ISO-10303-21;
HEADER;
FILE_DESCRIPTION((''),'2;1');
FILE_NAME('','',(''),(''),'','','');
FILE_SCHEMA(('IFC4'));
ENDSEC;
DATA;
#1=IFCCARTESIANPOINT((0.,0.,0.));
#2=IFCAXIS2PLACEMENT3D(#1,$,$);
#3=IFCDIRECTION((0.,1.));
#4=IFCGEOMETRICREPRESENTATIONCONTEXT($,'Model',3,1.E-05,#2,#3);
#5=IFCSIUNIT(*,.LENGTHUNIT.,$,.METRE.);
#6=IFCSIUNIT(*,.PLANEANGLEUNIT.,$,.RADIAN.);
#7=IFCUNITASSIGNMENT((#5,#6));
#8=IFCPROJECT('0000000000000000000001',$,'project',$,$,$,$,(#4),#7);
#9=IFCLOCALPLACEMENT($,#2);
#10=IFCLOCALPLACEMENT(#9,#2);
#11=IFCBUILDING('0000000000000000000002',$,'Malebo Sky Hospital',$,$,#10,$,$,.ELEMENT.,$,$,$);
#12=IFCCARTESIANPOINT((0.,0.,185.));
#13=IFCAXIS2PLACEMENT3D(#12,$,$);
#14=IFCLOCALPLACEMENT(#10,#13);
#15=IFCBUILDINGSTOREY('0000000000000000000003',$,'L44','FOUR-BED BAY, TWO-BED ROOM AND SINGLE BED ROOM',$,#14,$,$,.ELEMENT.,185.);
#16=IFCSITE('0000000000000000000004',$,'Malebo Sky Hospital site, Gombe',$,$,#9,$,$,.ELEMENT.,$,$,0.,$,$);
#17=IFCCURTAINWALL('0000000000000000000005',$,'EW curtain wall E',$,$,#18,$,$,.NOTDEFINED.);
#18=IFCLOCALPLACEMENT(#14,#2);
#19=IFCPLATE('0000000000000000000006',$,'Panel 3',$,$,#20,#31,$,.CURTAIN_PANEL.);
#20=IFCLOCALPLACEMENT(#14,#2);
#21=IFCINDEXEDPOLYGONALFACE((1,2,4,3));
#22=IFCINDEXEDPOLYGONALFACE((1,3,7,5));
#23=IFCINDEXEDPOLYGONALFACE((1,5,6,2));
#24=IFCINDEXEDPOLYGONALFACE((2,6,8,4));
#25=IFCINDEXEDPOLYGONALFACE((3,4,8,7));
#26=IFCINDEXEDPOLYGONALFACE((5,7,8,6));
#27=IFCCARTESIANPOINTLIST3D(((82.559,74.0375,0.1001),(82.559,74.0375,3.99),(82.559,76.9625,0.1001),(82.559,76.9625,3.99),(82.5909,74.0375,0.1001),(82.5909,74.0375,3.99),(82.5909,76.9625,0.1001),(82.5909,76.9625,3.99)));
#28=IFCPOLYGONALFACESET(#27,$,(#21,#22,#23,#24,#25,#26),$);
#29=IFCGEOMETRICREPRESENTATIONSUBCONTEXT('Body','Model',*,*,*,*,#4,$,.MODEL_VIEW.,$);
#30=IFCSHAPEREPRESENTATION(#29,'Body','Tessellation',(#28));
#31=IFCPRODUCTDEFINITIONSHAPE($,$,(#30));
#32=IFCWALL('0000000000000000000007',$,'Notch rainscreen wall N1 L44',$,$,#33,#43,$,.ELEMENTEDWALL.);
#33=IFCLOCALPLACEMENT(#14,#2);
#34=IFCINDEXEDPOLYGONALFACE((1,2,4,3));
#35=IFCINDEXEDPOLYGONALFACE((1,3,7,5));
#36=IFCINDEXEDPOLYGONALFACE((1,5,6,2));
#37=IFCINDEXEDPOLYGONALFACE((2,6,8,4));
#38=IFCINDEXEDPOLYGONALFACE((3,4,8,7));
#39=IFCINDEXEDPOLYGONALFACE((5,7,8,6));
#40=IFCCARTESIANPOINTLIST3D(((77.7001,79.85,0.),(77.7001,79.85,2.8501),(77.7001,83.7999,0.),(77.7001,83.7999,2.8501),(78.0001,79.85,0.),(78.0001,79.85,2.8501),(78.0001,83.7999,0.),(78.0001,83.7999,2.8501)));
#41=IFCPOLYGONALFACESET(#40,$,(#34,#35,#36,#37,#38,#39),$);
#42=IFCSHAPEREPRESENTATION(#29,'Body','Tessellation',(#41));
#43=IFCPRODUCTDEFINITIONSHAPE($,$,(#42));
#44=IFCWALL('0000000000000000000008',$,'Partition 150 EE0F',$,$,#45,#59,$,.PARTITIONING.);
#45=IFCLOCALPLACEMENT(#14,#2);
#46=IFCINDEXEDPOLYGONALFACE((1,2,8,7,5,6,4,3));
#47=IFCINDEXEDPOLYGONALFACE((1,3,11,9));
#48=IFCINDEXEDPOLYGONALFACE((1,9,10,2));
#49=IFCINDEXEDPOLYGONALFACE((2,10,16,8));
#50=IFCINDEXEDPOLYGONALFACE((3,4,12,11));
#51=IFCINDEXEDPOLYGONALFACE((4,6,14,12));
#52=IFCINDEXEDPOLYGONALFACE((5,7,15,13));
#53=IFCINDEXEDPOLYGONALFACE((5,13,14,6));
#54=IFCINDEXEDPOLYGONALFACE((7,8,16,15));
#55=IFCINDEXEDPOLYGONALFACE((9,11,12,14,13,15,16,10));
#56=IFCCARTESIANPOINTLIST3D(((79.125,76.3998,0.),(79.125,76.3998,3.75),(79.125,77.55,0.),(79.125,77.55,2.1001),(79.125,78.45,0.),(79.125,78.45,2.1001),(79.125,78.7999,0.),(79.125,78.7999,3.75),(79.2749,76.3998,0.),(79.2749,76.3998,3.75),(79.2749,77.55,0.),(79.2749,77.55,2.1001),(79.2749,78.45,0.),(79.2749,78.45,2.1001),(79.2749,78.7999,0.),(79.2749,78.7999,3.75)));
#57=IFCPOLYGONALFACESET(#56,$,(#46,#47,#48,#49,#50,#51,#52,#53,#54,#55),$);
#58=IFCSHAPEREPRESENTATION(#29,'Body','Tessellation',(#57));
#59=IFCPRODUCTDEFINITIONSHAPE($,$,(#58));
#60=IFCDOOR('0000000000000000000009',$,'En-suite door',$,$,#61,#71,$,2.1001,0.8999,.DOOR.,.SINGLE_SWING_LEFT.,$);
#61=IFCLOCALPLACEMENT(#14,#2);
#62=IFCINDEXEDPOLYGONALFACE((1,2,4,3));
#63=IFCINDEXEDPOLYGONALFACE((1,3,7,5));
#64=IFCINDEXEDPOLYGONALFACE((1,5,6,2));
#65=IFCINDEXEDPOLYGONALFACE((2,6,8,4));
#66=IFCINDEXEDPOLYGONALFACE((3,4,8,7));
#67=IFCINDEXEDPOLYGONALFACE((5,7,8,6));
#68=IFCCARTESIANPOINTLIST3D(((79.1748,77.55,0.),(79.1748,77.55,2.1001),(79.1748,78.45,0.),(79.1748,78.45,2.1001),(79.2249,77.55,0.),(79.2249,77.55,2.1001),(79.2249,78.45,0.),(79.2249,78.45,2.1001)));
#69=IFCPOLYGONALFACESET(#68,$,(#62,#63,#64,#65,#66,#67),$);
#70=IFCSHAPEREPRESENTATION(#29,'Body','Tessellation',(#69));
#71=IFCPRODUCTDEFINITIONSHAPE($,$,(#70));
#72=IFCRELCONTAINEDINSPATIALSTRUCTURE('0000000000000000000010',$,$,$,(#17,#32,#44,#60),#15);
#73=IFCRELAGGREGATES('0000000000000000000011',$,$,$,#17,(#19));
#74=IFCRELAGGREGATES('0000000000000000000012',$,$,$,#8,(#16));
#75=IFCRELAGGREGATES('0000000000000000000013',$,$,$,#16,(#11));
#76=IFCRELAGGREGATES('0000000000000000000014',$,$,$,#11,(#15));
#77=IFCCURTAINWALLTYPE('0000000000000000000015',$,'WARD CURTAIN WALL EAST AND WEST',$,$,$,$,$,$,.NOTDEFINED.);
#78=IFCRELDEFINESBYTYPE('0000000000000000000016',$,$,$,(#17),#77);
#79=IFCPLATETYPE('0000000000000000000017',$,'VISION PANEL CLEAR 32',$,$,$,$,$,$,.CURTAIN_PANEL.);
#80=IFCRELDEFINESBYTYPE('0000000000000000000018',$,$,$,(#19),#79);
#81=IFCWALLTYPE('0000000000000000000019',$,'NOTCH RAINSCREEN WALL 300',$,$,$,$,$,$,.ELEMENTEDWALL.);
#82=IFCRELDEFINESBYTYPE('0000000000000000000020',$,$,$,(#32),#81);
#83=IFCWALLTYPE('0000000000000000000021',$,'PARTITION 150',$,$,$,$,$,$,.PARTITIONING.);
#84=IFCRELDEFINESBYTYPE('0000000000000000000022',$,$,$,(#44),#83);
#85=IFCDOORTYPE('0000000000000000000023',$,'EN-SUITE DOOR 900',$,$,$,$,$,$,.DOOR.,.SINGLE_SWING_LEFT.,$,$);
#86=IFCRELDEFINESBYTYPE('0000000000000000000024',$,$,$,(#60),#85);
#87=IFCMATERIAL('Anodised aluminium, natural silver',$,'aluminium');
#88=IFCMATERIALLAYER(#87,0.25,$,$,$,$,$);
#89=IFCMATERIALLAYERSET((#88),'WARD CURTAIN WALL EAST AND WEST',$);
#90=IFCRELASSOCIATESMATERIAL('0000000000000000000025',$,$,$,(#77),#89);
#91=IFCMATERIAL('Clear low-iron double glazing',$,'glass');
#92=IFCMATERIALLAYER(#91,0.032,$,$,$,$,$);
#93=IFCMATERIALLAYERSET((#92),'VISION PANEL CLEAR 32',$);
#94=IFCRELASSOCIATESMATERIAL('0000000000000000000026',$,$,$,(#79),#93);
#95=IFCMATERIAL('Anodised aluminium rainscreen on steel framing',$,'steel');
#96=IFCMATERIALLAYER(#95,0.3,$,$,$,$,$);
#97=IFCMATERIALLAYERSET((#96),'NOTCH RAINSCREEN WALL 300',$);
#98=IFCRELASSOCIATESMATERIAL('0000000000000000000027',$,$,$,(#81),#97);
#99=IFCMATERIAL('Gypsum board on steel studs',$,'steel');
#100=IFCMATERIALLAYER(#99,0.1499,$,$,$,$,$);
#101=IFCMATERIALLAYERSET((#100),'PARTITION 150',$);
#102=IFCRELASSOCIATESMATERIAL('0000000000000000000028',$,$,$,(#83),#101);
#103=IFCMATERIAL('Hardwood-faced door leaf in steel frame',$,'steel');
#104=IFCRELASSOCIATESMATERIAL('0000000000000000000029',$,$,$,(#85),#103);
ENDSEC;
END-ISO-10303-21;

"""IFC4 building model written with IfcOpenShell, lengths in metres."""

from ifc_helpers import new_model, si_unit, direction, frame, frame_2d, origin, origin_2d, place, context, subcontext, project, spatial, rectangle, extrude, material, layer, layer_set, type_object, element, fill, aggregate, save


model = new_model("IFC4")

# Units and contexts
model_context = context("Model", 3, precision=1e-05, world=origin(), true_north=direction((0.0, 1.0)))
body_context = subcontext(model_context, "Body", "Model", "MODEL_VIEW")
ifc_project = project(units=[si_unit("LENGTHUNIT", "METRE"), si_unit("PLANEANGLEUNIT", "RADIAN")], contexts=[model_context])

# Site, building, storey
site_placement = place(None, origin())
site = spatial("IfcSite", under=ifc_project, at=site_placement, Name="Malebo Sky Hospital site, Gombe", CompositionType="ELEMENT", RefElevation=0.0)
building_placement = place(site_placement, origin())
building = spatial("IfcBuilding", under=site, at=building_placement, Name="Malebo Sky Hospital", CompositionType="ELEMENT")
storey_placement = place(building_placement, frame((0.0, 0.0, 185.0)))
storey = spatial("IfcBuildingStorey", under=building, at=storey_placement, Name="L44", Description="FOUR-BED BAY, TWO-BED ROOM AND SINGLE BED ROOM", CompositionType="ELEMENT", Elevation=185.0)

# Curtain wall
ifc_material_1 = material(Name="Anodised aluminium, natural silver", Category="aluminium")
ifc_layer_1 = layer(ifc_material_1, 0.25)
ifc_layer_set_1 = layer_set([ifc_layer_1], Name="WARD CURTAIN WALL EAST AND WEST")
curtain_wall_type = type_object("IfcCurtainWallType", Name="WARD CURTAIN WALL EAST AND WEST", PredefinedType="NOTDEFINED", material=ifc_layer_set_1)
curtain_wall_placement = place(storey_placement, origin())
curtain_wall = element("IfcCurtainWall", 1, at=curtain_wall_placement, inside=storey, type_object=curtain_wall_type, Name="EW curtain wall E", PredefinedType="NOTDEFINED")

# Plate
ifc_material_2 = material(Name="Clear low-iron double glazing", Category="glass")
ifc_layer_2 = layer(ifc_material_2, 0.032)
ifc_layer_set_2 = layer_set([ifc_layer_2], Name="VISION PANEL CLEAR 32")
plate_type = type_object("IfcPlateType", Name="VISION PANEL CLEAR 32", PredefinedType="CURTAIN_PANEL", material=ifc_layer_set_2)
plate_1_placement = place(storey_placement, frame((82.575, 75.5, 0.1001), z_axis=(0.0, 0.0, 1.0), x_axis=(0.0, -1.0, 0.0)))
plate_1 = element("IfcPlate", 2, at=plate_1_placement, type_object=plate_type, Name="Panel 3", PredefinedType="CURTAIN_PANEL", context=body_context, shape_type="SweptSolid", body=[
    extrude(rectangle(XDim=2.925, YDim=0.032, at=origin_2d()), origin(), (0.0, 0.0, 1.0), 3.8899),
])
aggregate(curtain_wall, [plate_1])

# Wall
ifc_material_3 = material(Name="Anodised aluminium rainscreen on steel framing", Category="steel")
ifc_layer_3 = layer(ifc_material_3, 0.3)
ifc_layer_set_3 = layer_set([ifc_layer_3], Name="NOTCH RAINSCREEN WALL 300")
wall_type_1 = type_object("IfcWallType", Name="NOTCH RAINSCREEN WALL 300", PredefinedType="ELEMENTEDWALL", material=ifc_layer_set_3)
wall_1_placement = place(storey_placement, frame((77.8501, 83.8, 0.0), z_axis=(0.0, 0.0, 1.0), x_axis=(0.0, -1.0, 0.0)))
element("IfcWall", 3, at=wall_1_placement, inside=storey, type_object=wall_type_1, Name="Notch rainscreen wall N1 L44", PredefinedType="ELEMENTEDWALL", context=body_context, shape_type="SweptSolid", body=[
    extrude(rectangle(XDim=3.95, YDim=0.3, at=frame_2d((1.9751, 0.0))), origin(), (0.0, 0.0, 1.0), 2.8501),
])

# Wall, opening, door
ifc_material_4 = material(Name="Gypsum board on steel studs", Category="steel")
ifc_layer_4 = layer(ifc_material_4, 0.1499)
ifc_layer_set_4 = layer_set([ifc_layer_4], Name="PARTITION 150")
wall_type_2 = type_object("IfcWallType", Name="PARTITION 150", PredefinedType="PARTITIONING", material=ifc_layer_set_4)
wall_2_placement = place(storey_placement, frame((79.2, 78.8, 0.0), z_axis=(0.0, 0.0, 1.0), x_axis=(0.0, -1.0, 0.0)))
wall_2 = element("IfcWall", 4, at=wall_2_placement, inside=storey, type_object=wall_type_2, Name="Partition 150 EE0F", PredefinedType="PARTITIONING", context=body_context, shape_type="SweptSolid", body=[
    extrude(rectangle(XDim=2.4001, YDim=0.1499, at=frame_2d((1.2002, 0.0))), origin(), (0.0, 0.0, 1.0), 3.75),
])
opening_placement = place(wall_2_placement, frame((0.3501, 0.0, 0.0)))
opening = element("IfcOpeningElement", 5, at=opening_placement, cuts=wall_2, PredefinedType="OPENING", context=body_context, shape_type="SweptSolid", body=[
    extrude(rectangle(XDim=0.8999, YDim=2.1001, at=frame_2d((0.45, 1.05))), frame((0.0, 0.085, 0.0), z_axis=(0.0, -1.0, 0.0), x_axis=(1.0, 0.0, 0.0)), (0.0, 0.0, 1.0), 0.1699),
])
ifc_material_5 = material(Name="Hardwood-faced door leaf in steel frame", Category="steel")
door_type = type_object("IfcDoorType", Name="EN-SUITE DOOR 900", OperationType="SINGLE_SWING_LEFT", PredefinedType="DOOR", material=ifc_material_5)
door_placement = place(opening_placement, origin())
door = element("IfcDoor", 6, at=door_placement, inside=storey, type_object=door_type, Name="En-suite door", OperationType="SINGLE_SWING_LEFT", OverallHeight=2.1001, OverallWidth=0.8999, PredefinedType="DOOR", context=body_context, shape_type="SweptSolid", body=[
    extrude(rectangle(XDim=0.8999, YDim=2.1001, at=frame_2d((0.45, 1.05))), frame((0.0, 0.0249, 0.0), z_axis=(0.0, -1.0, 0.0), x_axis=(1.0, 0.0, 0.0)), (0.0, 0.0, 1.0), 0.05),
])
fill(opening, door)

save(model, "model.ifc")
